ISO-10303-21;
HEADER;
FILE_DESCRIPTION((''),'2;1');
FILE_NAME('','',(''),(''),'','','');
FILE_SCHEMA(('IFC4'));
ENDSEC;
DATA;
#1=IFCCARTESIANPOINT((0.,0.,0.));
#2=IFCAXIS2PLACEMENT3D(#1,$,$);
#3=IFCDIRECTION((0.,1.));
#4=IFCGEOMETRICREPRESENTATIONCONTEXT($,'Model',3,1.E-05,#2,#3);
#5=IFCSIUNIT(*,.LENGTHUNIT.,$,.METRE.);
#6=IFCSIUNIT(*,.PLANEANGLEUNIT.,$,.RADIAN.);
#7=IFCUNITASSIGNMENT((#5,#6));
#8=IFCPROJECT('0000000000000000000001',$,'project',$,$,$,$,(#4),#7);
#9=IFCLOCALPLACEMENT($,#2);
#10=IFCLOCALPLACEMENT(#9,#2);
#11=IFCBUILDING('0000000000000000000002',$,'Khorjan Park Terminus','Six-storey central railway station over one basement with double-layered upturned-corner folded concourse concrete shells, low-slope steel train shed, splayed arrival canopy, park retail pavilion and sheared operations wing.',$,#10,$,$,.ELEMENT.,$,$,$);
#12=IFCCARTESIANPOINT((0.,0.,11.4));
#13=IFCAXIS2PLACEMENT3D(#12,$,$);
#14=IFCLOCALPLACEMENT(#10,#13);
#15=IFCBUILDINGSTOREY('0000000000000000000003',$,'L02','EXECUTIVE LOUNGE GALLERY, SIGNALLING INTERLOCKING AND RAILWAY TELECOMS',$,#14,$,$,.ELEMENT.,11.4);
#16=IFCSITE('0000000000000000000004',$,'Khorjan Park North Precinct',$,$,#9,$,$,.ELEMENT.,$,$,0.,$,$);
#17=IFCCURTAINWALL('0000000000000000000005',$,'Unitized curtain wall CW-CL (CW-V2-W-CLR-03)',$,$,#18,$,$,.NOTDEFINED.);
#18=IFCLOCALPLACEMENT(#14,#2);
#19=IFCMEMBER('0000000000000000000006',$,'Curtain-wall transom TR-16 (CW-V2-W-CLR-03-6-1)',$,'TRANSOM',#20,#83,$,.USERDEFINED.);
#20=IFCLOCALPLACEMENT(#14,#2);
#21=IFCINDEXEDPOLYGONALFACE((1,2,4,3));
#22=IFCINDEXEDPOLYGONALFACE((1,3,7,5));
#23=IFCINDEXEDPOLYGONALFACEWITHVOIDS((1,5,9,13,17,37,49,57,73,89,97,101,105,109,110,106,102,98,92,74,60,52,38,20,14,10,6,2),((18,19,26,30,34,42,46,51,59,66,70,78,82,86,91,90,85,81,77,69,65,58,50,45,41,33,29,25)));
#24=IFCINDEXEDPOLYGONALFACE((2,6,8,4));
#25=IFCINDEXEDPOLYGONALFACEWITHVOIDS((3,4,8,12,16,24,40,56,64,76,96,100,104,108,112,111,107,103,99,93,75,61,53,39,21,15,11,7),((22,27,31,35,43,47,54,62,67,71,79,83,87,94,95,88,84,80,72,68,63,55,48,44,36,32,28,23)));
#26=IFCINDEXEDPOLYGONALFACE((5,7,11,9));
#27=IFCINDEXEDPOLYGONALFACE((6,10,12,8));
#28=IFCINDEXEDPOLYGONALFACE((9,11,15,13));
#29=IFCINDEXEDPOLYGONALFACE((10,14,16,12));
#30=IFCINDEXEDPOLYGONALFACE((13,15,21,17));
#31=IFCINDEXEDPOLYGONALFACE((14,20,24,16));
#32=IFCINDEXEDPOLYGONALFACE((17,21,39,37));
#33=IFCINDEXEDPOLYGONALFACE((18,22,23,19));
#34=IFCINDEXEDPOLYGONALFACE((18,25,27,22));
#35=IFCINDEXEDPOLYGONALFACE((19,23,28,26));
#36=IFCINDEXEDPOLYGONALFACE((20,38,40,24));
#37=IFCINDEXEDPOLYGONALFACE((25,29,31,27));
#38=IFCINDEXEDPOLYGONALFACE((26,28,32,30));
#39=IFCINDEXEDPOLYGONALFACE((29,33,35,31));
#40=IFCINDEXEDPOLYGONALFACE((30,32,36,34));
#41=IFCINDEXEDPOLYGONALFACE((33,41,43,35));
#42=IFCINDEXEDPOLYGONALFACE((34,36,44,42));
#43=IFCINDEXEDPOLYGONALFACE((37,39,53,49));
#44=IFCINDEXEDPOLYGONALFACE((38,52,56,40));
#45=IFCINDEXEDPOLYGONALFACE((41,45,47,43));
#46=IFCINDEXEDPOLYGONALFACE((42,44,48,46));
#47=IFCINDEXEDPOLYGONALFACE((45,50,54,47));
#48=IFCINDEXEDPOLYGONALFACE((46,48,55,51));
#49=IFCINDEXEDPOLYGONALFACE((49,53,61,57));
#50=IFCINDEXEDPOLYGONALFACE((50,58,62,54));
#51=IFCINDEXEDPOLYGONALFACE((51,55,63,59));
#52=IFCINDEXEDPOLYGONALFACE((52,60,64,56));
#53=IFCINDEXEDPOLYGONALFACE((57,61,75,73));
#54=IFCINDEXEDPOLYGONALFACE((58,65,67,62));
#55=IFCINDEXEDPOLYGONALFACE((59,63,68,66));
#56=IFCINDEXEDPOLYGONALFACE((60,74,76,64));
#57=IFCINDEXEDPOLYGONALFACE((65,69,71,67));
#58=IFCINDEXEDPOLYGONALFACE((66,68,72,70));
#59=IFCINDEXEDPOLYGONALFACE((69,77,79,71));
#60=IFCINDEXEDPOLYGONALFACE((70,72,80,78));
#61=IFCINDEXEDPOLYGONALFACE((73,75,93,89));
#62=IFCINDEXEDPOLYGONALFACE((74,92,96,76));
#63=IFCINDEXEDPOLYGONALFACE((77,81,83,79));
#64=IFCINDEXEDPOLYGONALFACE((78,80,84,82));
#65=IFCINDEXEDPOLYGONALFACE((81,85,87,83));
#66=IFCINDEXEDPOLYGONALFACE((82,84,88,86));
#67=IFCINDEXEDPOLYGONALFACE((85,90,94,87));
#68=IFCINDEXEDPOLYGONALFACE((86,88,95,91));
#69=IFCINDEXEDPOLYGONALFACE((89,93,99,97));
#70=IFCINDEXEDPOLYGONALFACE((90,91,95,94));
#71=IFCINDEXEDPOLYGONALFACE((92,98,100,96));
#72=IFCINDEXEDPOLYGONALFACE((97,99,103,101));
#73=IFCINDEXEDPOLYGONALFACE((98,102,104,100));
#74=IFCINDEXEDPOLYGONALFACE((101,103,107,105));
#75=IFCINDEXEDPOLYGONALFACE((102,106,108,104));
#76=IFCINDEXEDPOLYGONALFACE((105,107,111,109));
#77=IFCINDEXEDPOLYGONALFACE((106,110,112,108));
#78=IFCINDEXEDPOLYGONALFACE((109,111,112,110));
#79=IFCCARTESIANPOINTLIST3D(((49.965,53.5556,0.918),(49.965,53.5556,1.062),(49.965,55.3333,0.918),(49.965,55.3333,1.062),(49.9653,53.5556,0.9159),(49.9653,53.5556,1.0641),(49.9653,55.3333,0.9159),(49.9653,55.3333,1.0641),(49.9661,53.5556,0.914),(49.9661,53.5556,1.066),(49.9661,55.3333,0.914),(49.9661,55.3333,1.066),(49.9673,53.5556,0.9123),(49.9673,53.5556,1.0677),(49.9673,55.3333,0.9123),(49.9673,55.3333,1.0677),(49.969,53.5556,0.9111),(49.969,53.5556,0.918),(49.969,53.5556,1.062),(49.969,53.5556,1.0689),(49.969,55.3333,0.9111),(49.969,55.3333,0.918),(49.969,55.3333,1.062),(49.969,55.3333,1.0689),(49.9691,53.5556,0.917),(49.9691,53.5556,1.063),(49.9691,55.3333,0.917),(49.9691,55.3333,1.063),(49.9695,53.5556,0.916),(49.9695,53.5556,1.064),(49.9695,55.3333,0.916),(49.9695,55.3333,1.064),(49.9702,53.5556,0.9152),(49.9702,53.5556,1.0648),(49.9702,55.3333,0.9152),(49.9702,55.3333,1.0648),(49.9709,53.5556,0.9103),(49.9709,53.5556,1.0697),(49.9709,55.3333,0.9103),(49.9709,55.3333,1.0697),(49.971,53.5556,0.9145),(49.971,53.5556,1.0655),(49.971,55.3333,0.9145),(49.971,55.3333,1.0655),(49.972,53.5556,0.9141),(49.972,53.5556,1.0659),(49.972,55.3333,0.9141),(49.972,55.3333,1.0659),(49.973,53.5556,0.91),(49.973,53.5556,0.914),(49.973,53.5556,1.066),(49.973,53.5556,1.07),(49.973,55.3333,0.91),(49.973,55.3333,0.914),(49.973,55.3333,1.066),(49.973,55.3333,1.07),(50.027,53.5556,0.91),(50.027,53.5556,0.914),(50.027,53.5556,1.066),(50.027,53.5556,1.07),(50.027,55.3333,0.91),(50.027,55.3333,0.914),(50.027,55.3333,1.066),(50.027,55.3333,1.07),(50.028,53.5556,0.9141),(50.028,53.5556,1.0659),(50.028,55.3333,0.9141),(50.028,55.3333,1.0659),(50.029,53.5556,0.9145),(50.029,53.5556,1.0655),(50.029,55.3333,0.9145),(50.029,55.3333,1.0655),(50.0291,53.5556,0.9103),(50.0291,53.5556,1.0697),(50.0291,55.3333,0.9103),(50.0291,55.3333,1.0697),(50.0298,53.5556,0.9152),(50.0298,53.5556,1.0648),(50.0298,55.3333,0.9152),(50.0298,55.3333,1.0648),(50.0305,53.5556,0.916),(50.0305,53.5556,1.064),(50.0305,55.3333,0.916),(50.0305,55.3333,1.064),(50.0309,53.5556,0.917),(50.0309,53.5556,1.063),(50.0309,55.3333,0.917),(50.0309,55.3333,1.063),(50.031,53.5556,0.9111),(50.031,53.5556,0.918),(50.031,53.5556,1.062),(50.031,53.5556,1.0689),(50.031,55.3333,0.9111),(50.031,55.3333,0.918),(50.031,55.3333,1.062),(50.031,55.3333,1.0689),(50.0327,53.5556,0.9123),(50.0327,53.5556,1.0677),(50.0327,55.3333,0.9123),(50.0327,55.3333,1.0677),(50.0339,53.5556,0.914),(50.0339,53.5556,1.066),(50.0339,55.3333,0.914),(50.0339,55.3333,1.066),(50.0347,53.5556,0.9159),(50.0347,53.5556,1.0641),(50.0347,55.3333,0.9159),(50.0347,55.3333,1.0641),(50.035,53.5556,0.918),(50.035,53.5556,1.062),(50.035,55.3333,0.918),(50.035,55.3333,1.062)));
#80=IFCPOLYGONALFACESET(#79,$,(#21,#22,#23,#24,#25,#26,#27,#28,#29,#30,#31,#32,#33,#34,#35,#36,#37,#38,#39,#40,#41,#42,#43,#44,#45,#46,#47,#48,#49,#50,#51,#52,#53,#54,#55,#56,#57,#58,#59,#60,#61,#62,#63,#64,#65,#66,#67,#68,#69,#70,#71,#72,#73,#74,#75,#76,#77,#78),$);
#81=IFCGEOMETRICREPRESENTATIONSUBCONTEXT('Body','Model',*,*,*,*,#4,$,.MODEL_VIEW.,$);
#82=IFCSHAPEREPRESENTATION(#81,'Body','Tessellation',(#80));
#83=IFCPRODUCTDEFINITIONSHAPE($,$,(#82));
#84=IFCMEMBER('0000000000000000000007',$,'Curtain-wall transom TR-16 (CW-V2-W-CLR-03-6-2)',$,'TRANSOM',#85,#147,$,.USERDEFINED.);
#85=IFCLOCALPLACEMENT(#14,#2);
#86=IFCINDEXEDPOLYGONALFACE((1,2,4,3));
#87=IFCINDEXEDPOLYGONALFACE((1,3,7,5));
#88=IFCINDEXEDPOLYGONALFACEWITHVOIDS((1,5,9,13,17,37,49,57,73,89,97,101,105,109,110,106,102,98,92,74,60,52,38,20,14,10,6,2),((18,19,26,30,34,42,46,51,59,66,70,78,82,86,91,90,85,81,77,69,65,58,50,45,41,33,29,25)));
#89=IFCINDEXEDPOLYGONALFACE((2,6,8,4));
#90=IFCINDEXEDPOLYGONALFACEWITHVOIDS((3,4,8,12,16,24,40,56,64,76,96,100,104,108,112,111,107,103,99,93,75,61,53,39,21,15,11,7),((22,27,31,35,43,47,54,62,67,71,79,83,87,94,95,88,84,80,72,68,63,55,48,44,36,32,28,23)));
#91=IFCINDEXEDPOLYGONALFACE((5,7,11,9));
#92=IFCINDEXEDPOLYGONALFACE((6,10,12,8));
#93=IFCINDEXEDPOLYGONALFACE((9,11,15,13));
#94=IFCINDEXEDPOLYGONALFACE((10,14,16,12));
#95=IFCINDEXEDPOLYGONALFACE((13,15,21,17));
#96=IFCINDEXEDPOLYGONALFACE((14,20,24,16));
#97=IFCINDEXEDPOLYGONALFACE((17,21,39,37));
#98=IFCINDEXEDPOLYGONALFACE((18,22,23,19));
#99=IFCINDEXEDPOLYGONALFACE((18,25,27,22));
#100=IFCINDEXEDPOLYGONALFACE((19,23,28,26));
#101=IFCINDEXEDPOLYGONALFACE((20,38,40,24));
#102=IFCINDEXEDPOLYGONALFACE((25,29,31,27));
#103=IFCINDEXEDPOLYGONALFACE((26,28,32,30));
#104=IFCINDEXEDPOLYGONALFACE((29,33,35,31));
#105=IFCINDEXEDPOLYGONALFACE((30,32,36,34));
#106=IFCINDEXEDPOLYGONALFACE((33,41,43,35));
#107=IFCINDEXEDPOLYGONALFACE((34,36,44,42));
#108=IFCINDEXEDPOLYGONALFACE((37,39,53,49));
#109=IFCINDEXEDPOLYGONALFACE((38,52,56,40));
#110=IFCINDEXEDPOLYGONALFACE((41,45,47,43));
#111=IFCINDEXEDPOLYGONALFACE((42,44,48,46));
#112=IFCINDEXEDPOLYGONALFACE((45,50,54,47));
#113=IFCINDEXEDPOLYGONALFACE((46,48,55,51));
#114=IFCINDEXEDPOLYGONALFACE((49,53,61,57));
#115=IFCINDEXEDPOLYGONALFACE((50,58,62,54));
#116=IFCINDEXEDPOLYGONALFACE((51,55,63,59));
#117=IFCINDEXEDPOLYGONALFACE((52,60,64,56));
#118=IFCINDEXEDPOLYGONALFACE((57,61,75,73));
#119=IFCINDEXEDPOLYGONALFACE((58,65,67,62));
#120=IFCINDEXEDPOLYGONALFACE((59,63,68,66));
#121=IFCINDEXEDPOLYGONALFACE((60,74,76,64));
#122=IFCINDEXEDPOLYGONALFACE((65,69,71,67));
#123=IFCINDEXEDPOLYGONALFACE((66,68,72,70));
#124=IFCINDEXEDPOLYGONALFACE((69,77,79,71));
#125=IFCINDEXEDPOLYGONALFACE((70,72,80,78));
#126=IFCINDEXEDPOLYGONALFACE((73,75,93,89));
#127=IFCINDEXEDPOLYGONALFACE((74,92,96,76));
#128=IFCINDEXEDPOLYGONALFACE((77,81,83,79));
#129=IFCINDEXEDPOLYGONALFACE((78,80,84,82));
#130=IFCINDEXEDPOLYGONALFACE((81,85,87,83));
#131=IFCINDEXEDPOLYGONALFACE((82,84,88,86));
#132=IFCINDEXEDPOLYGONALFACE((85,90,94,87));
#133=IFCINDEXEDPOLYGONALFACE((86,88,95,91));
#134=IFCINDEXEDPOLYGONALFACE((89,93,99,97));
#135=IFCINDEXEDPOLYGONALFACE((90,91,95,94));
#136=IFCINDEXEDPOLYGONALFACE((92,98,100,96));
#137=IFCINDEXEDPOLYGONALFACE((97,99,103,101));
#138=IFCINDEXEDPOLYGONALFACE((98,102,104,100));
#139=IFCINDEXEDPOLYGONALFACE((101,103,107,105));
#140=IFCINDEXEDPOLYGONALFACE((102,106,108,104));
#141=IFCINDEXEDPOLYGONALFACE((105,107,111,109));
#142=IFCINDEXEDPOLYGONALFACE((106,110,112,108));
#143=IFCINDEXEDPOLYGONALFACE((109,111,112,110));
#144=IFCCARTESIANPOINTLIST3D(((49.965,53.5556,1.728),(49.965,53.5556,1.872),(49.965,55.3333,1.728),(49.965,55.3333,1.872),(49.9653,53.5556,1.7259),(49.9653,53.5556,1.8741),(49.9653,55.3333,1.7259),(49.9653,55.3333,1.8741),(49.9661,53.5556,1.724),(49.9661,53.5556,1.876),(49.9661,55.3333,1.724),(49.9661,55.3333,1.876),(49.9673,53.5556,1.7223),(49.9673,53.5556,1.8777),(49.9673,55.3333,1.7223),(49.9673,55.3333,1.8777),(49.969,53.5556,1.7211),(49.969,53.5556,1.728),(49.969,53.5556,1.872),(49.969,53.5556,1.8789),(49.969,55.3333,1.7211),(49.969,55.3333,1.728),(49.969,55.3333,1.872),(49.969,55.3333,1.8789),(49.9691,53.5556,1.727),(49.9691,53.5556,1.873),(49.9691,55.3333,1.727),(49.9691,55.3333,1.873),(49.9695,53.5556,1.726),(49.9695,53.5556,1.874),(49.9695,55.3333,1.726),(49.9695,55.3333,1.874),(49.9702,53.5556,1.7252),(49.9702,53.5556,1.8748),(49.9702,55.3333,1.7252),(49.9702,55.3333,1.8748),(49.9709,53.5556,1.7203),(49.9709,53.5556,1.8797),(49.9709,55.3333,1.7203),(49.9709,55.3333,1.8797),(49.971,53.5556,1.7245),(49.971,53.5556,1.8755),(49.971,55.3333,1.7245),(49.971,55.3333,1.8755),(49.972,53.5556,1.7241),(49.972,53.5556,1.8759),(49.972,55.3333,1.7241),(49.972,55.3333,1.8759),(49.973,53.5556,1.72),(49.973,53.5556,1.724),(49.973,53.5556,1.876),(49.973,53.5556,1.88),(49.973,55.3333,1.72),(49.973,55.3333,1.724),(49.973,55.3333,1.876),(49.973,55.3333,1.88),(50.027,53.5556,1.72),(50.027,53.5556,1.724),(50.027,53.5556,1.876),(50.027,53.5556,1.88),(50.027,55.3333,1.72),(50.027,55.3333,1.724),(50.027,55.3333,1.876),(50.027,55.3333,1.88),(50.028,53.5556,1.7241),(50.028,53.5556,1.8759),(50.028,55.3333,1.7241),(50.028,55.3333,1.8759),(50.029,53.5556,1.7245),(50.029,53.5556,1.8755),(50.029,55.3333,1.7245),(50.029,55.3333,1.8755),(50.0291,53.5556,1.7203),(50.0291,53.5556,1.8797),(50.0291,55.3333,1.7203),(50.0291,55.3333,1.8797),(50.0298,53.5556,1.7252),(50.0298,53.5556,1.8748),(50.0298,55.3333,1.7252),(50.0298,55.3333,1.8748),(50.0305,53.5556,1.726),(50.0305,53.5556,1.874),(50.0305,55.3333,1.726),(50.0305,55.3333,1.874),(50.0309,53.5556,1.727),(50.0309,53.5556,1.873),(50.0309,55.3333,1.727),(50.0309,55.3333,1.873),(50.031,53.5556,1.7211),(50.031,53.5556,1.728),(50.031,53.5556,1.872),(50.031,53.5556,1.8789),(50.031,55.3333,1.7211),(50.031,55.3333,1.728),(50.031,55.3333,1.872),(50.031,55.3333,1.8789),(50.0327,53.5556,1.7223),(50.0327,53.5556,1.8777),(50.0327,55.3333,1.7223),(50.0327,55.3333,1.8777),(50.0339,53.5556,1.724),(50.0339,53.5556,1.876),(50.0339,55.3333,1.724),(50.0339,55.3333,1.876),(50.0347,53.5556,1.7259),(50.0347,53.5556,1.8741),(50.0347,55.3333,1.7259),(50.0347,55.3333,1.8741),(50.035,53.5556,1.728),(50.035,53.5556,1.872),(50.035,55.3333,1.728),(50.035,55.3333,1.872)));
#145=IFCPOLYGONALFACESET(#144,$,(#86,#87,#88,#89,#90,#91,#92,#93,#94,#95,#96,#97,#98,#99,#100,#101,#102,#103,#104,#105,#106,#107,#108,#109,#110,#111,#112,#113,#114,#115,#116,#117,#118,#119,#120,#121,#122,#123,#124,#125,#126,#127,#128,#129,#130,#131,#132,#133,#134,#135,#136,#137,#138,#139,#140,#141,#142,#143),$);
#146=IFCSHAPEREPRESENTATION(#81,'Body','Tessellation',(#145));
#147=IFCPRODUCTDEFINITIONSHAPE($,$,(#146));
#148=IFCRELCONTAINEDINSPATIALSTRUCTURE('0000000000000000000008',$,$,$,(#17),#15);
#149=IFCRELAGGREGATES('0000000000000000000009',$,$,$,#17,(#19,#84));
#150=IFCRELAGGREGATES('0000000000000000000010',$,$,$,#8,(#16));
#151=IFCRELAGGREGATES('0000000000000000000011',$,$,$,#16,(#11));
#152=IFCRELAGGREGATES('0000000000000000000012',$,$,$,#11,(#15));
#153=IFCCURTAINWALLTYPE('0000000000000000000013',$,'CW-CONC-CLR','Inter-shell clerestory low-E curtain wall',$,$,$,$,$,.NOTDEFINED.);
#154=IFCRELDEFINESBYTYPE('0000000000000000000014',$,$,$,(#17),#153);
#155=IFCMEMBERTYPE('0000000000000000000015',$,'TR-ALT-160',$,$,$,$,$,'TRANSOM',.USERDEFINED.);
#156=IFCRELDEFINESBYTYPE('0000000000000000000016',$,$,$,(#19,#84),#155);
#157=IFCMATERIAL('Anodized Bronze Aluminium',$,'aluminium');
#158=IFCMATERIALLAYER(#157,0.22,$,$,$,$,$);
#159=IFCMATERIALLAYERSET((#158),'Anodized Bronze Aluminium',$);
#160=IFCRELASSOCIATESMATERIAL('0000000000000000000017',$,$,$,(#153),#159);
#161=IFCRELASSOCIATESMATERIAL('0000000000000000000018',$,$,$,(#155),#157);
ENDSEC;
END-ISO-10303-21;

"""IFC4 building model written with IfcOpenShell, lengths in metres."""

from ifc_helpers import new_model, si_unit, direction, frame, origin, origin_2d, place, context, subcontext, project, spatial, hollow_rectangle, extrude, material, layer, layer_set, material_profile, profile_set, type_object, element, aggregate, save


model = new_model("IFC4")

# Units and contexts
model_context = context("Model", 3, precision=1e-05, world=origin(), true_north=direction((0.0, 1.0)))
body_context = subcontext(model_context, "Body", "Model", "MODEL_VIEW")
ifc_project = project(units=[si_unit("LENGTHUNIT", "METRE"), si_unit("PLANEANGLEUNIT", "RADIAN")], contexts=[model_context])

# Site, building, storey
site_placement = place(None, origin())
site = spatial("IfcSite", under=ifc_project, at=site_placement, Name="Khorjan Park North Precinct", CompositionType="ELEMENT", RefElevation=0.0)
building_placement = place(site_placement, origin())
building = spatial("IfcBuilding", under=site, at=building_placement, Name="Khorjan Park Terminus", Description="Six-storey central railway station over one basement with double-layered upturned-corner folded concourse concrete shells, low-slope steel train shed, splayed arrival canopy, park retail pavilion and sheared operations wing.", CompositionType="ELEMENT")
storey_placement = place(building_placement, frame((0.0, 0.0, 11.4)))
storey = spatial("IfcBuildingStorey", under=building, at=storey_placement, Name="L02", Description="EXECUTIVE LOUNGE GALLERY, SIGNALLING INTERLOCKING AND RAILWAY TELECOMS", CompositionType="ELEMENT", Elevation=11.4)

# Curtain wall, members
ifc_material_1 = material(Name="Anodized Bronze Aluminium", Category="aluminium")
ifc_layer_1 = layer(ifc_material_1, 0.22)
ifc_layer_set_1 = layer_set([ifc_layer_1], Name="Anodized Bronze Aluminium")
curtain_wall_type = type_object("IfcCurtainWallType", Name="CW-CONC-CLR", Description="Inter-shell clerestory low-E curtain wall", PredefinedType="NOTDEFINED", material=ifc_layer_set_1)
curtain_wall_placement = place(storey_placement, origin())
curtain_wall = element("IfcCurtainWall", 1, at=curtain_wall_placement, inside=storey, type_object=curtain_wall_type, Name="Unitized curtain wall CW-CL (CW-V2-W-CLR-03)", PredefinedType="NOTDEFINED")
ifc_material_profile_1 = material_profile(ifc_material_1, hollow_rectangle(XDim=0.07, YDim=0.16, WallThickness=0.004, InnerFilletRadius=0.004, OuterFilletRadius=0.008, at=origin_2d()), Name="ALT 70x160x4")
ifc_profile_set_1 = profile_set([ifc_material_profile_1], Name="Anodized Bronze Aluminium")
member_type_1 = type_object("IfcMemberType", Name="TR-ALT-160", ElementType="TRANSOM", PredefinedType="USERDEFINED", material=ifc_profile_set_1)
member_1_placement = place(storey_placement, frame((50.0, 55.3333, 0.99), z_axis=(0.0, -1.0, 0.0), x_axis=(1.0, 0.0, 0.0)))
member_1 = element("IfcMember", 2, at=member_1_placement, type_object=member_type_1, Name="Curtain-wall transom TR-16 (CW-V2-W-CLR-03-6-1)", ObjectType="TRANSOM", PredefinedType="USERDEFINED", context=body_context, shape_type="SweptSolid", body=[
    extrude(hollow_rectangle(XDim=0.07, YDim=0.16, WallThickness=0.004, InnerFilletRadius=0.004, OuterFilletRadius=0.008, at=origin_2d()), origin(), (0.0, 0.0, 1.0), 1.7777),
])
member_2_placement = place(storey_placement, frame((50.0, 55.3333, 1.8), z_axis=(0.0, -1.0, 0.0), x_axis=(1.0, 0.0, 0.0)))
member_2 = element("IfcMember", 3, at=member_2_placement, type_object=member_type_1, Name="Curtain-wall transom TR-16 (CW-V2-W-CLR-03-6-2)", ObjectType="TRANSOM", PredefinedType="USERDEFINED", context=body_context, shape_type="SweptSolid", body=[
    extrude(hollow_rectangle(XDim=0.07, YDim=0.16, WallThickness=0.004, InnerFilletRadius=0.004, OuterFilletRadius=0.008, at=origin_2d()), origin(), (0.0, 0.0, 1.0), 1.7777),
])
aggregate(curtain_wall, [member_1, member_2])

save(model, "model.ifc")
